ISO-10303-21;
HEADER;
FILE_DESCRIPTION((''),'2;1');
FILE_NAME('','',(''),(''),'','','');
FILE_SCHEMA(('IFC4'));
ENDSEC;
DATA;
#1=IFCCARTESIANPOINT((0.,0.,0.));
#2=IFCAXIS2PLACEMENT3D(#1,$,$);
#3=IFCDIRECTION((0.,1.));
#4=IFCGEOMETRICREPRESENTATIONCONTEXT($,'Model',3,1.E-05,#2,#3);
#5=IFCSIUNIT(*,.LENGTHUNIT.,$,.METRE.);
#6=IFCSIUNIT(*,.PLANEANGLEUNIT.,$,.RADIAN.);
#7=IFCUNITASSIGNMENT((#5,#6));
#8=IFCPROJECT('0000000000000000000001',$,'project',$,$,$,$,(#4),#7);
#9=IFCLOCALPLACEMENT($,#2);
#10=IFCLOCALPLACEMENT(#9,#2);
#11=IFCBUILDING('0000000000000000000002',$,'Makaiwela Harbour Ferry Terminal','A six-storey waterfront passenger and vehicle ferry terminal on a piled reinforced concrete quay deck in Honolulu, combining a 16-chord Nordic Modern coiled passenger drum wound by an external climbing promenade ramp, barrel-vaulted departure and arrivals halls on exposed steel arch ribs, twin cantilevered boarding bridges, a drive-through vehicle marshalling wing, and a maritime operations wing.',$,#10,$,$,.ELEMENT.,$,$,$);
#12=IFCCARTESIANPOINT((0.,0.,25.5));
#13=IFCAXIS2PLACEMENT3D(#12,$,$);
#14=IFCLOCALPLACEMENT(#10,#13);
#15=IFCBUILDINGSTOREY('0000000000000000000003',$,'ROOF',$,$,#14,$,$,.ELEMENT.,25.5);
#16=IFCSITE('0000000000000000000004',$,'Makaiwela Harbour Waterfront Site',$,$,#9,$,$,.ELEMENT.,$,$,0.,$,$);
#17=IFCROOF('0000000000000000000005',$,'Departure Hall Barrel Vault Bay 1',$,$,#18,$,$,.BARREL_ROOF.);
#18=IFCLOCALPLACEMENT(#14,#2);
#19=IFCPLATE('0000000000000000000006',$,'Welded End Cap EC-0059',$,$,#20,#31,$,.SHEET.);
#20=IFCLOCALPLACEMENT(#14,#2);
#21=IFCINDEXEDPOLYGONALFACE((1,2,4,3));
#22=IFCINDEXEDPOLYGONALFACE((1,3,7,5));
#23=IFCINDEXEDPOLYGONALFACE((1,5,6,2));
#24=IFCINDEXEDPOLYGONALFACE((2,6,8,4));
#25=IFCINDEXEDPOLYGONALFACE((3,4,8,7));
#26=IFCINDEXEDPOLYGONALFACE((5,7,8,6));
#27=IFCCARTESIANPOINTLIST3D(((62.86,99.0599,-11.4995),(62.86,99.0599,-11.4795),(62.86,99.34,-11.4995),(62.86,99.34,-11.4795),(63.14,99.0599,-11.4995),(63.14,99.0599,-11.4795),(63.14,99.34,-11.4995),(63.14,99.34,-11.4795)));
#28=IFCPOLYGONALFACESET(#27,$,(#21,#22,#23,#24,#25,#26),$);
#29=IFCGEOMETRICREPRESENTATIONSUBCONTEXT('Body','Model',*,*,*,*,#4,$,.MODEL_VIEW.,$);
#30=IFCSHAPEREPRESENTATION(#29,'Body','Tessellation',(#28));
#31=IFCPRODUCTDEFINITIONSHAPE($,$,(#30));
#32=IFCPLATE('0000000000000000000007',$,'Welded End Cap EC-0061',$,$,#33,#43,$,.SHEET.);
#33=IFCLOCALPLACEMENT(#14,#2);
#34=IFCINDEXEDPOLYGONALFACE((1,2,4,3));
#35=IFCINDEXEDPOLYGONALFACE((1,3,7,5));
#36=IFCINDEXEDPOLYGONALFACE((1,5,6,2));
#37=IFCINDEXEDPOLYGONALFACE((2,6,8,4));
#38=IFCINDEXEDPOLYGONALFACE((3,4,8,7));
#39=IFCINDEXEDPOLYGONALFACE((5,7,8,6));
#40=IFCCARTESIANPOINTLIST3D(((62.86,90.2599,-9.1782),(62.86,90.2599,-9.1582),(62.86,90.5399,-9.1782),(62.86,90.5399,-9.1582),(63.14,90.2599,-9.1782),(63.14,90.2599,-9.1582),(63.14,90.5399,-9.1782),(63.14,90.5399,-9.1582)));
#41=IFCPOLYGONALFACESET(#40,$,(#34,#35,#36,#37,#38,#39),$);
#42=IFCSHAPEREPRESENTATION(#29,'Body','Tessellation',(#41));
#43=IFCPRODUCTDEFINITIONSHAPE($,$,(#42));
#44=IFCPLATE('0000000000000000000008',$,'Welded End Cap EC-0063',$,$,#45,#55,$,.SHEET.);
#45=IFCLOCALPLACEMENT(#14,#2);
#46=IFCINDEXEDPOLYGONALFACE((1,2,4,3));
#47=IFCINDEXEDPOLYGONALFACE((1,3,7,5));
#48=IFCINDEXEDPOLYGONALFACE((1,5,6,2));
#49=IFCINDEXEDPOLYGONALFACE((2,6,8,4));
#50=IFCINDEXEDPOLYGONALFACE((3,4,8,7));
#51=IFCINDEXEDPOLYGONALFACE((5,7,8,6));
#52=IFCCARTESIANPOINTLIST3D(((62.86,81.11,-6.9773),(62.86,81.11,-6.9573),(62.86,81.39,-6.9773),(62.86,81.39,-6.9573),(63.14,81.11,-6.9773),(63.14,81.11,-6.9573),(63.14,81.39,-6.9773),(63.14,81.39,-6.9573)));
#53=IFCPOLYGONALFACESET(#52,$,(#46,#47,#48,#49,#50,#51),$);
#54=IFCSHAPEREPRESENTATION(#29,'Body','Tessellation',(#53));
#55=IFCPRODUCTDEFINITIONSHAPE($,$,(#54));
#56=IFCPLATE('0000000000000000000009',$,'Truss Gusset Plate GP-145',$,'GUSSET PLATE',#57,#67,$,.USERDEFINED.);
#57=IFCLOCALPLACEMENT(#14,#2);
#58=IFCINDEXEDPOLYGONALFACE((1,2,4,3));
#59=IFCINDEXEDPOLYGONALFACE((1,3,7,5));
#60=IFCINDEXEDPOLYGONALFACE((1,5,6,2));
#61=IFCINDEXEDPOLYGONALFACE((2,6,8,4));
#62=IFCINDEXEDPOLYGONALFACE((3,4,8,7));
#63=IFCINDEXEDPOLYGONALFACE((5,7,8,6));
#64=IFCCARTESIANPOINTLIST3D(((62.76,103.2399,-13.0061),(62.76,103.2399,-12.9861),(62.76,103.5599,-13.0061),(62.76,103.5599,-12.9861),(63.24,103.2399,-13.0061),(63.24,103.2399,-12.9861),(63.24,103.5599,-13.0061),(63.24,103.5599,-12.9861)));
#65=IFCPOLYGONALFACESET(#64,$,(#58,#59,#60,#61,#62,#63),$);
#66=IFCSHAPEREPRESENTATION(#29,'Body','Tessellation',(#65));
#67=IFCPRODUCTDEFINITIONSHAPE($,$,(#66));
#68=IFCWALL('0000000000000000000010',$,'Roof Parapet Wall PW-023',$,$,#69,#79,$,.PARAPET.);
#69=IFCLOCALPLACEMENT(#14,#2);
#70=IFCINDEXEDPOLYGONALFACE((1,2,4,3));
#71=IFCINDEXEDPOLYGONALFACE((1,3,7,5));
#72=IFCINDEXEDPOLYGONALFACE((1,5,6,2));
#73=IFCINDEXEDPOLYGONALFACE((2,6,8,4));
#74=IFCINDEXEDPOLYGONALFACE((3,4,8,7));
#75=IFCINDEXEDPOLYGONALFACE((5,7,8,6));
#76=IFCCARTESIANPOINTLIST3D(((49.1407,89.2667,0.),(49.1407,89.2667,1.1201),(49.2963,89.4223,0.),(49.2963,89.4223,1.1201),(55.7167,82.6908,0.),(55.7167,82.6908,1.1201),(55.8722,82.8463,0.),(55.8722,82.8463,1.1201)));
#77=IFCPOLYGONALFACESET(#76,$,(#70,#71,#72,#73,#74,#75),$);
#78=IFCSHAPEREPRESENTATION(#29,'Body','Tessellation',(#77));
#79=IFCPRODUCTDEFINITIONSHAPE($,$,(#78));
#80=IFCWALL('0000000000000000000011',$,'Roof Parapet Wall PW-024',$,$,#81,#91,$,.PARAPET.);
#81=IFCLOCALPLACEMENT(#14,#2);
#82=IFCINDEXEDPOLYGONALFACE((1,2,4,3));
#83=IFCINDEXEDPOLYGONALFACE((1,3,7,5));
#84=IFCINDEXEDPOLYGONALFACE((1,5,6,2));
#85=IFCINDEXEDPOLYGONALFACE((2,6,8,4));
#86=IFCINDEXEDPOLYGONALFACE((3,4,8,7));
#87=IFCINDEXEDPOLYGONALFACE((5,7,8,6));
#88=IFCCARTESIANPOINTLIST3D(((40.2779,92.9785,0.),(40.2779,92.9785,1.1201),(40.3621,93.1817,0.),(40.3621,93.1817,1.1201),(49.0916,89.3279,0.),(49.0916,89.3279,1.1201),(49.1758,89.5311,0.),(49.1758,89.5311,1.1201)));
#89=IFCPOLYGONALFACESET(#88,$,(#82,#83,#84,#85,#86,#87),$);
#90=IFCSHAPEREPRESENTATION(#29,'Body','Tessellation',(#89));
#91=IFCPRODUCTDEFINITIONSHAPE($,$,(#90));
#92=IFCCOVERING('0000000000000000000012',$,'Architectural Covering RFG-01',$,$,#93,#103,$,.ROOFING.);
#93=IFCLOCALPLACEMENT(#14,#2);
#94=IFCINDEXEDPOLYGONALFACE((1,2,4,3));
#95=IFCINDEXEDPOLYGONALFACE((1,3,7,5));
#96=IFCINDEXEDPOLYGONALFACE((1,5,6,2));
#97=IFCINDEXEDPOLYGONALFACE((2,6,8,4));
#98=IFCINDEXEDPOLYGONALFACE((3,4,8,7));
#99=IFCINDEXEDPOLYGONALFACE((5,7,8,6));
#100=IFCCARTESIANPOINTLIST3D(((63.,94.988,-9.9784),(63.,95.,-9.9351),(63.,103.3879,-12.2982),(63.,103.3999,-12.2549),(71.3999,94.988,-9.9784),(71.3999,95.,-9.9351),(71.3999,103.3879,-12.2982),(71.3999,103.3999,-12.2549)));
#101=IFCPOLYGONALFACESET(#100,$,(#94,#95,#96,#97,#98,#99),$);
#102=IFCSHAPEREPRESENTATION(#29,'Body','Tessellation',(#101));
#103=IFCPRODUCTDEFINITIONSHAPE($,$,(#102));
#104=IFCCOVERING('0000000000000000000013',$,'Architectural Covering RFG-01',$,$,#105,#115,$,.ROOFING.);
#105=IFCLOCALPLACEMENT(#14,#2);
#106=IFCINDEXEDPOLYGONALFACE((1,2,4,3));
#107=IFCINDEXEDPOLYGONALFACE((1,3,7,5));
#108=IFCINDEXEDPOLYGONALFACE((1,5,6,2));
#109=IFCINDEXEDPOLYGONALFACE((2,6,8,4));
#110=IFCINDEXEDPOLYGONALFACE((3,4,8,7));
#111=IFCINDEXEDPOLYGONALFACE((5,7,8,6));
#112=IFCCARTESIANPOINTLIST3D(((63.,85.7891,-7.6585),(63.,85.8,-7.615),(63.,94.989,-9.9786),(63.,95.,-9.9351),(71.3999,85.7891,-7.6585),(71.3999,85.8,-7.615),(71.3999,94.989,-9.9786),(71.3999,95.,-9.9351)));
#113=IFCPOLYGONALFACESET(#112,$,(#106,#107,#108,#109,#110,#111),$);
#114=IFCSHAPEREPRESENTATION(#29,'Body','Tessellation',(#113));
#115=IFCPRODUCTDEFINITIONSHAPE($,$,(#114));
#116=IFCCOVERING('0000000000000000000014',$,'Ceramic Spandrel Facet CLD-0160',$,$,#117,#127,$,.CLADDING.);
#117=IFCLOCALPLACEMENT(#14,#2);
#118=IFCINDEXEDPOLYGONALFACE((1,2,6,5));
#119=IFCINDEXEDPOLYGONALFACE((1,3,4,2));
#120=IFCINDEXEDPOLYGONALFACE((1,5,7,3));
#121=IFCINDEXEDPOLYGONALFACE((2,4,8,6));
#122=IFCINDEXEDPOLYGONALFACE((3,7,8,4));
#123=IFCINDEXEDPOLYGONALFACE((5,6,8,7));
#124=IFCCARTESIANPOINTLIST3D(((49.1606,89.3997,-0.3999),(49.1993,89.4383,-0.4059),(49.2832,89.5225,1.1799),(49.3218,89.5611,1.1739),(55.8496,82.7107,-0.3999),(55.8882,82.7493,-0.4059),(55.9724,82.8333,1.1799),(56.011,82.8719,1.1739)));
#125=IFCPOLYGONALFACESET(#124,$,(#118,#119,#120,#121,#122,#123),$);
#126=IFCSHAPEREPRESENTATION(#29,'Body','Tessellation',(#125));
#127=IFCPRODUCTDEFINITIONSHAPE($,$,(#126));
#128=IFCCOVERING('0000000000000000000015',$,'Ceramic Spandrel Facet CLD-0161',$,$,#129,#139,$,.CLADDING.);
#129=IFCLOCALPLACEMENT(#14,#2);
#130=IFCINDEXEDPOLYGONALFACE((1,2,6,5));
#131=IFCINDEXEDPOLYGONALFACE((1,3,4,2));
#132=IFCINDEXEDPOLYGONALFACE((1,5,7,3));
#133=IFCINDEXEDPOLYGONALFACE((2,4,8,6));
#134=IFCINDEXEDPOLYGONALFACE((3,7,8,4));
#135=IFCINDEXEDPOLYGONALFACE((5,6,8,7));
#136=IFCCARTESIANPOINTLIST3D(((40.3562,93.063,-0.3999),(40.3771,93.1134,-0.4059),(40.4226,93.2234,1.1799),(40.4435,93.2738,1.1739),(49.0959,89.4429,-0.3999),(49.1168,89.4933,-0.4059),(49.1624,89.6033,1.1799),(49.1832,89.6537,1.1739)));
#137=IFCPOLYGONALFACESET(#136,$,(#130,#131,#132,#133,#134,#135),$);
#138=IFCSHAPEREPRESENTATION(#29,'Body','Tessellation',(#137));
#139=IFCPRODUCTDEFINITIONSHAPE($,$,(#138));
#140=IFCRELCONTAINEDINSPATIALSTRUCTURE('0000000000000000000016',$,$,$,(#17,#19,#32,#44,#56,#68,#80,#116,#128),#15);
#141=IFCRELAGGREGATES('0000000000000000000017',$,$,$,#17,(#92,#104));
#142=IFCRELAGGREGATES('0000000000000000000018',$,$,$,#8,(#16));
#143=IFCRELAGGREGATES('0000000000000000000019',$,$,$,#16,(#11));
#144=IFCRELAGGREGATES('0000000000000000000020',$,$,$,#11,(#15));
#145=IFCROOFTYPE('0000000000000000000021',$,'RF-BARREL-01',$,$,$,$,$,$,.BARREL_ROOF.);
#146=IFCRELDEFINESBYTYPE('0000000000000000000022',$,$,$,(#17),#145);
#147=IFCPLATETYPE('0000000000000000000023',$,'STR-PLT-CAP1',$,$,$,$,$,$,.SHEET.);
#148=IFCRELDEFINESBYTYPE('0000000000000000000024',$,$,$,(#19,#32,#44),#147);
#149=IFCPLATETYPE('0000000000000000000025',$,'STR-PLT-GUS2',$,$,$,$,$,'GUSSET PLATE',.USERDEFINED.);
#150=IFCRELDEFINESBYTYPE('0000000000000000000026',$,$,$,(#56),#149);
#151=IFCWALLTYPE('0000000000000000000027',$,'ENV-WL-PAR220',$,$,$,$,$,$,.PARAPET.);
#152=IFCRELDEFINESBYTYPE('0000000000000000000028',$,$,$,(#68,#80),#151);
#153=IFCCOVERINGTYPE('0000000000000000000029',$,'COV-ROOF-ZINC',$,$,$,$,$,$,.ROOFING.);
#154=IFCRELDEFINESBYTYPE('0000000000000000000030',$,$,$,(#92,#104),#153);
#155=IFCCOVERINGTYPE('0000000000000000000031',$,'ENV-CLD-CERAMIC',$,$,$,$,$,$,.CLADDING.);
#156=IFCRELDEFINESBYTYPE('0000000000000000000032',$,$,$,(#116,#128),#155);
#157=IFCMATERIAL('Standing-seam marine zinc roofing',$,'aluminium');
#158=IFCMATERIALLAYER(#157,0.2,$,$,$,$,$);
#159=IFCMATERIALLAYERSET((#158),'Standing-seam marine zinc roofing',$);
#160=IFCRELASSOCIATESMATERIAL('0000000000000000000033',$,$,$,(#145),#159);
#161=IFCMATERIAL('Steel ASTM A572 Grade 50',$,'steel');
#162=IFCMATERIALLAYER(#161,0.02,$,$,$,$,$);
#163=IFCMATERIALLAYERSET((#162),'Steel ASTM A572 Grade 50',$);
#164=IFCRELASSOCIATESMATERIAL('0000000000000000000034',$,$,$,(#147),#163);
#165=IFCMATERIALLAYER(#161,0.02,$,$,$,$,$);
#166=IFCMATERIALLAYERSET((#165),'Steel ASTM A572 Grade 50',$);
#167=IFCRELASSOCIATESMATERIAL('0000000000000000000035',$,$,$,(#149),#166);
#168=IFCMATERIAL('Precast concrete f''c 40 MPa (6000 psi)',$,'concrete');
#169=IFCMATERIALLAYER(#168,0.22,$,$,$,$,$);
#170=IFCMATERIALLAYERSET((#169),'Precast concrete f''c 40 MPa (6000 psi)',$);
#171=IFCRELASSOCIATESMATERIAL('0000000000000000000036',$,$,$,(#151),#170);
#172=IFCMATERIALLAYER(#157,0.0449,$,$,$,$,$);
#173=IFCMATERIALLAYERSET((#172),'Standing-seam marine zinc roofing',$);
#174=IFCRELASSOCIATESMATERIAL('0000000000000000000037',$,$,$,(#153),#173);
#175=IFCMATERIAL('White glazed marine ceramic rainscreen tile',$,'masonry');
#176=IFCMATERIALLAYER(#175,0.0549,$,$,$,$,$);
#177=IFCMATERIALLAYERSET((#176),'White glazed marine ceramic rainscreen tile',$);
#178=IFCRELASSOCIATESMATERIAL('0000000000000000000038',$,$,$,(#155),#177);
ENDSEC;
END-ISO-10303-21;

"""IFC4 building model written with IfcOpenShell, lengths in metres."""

from ifc_helpers import new_model, si_unit, direction, frame, frame_2d, origin, origin_2d, place, context, subcontext, project, spatial, polyline, rectangle, outline, extrude, material, layer, layer_set, type_object, element, aggregate, save


model = new_model("IFC4")

# Units and contexts
model_context = context("Model", 3, precision=1e-05, world=origin(), true_north=direction((0.0, 1.0)))
body_context = subcontext(model_context, "Body", "Model", "MODEL_VIEW")
ifc_project = project(units=[si_unit("LENGTHUNIT", "METRE"), si_unit("PLANEANGLEUNIT", "RADIAN")], contexts=[model_context])

# Site, building, storey
site_placement = place(None, origin())
site = spatial("IfcSite", under=ifc_project, at=site_placement, Name="Makaiwela Harbour Waterfront Site", CompositionType="ELEMENT", RefElevation=0.0)
building_placement = place(site_placement, origin())
building = spatial("IfcBuilding", under=site, at=building_placement, Name="Makaiwela Harbour Ferry Terminal", Description="A six-storey waterfront passenger and vehicle ferry terminal on a piled reinforced concrete quay deck in Honolulu, combining a 16-chord Nordic Modern coiled passenger drum wound by an external climbing promenade ramp, barrel-vaulted departure and arrivals halls on exposed steel arch ribs, twin cantilevered boarding bridges, a drive-through vehicle marshalling wing, and a maritime operations wing.", CompositionType="ELEMENT")
storey_placement = place(building_placement, frame((0.0, 0.0, 25.5)))
storey = spatial("IfcBuildingStorey", under=building, at=storey_placement, Name="ROOF", CompositionType="ELEMENT", Elevation=25.5)

# Roof
ifc_material_1 = material(Name="Standing-seam marine zinc roofing", Category="aluminium")
ifc_layer_1 = layer(ifc_material_1, 0.2)
ifc_layer_set_1 = layer_set([ifc_layer_1], Name="Standing-seam marine zinc roofing")
roof_type = type_object("IfcRoofType", Name="RF-BARREL-01", PredefinedType="BARREL_ROOF", material=ifc_layer_set_1)
roof_placement = place(storey_placement, origin())
roof = element("IfcRoof", 1, at=roof_placement, inside=storey, type_object=roof_type, Name="Departure Hall Barrel Vault Bay 1", PredefinedType="BARREL_ROOF")

# Plates
ifc_material_2 = material(Name="Steel ASTM A572 Grade 50", Category="steel")
ifc_layer_2 = layer(ifc_material_2, 0.02)
ifc_layer_set_2 = layer_set([ifc_layer_2], Name="Steel ASTM A572 Grade 50")
plate_type_1 = type_object("IfcPlateType", Name="STR-PLT-CAP1", PredefinedType="SHEET", material=ifc_layer_set_2)
for number, where, z_axis, x_axis, name in (
    (2, (63.0, 99.2, -11.4995), (0.0, 0.0, 1.0), (0.0, 1.0, 0.0), "Welded End Cap EC-0059"),
    (3, (63.0, 90.3999, -9.1782), (0.0, 0.0, 1.0), (0.0, 1.0, 0.0), "Welded End Cap EC-0061"),
    (4, (63.0, 81.25, -6.9773), (0.0, 0.0, 1.0), (0.0, 1.0, 0.0), "Welded End Cap EC-0063"),
):
    element("IfcPlate", number, at=place(storey_placement, frame(where, z_axis=z_axis, x_axis=x_axis)), inside=storey, type_object=plate_type_1, Name=name, PredefinedType="SHEET", context=body_context, shape_type="SweptSolid", body=[
        extrude(rectangle(XDim=0.28, YDim=0.28, at=origin_2d()), origin(), (0.0, 0.0, 1.0), 0.02),
    ])
ifc_layer_3 = layer(ifc_material_2, 0.02)
ifc_layer_set_3 = layer_set([ifc_layer_3], Name="Steel ASTM A572 Grade 50")
plate_type_2 = type_object("IfcPlateType", Name="STR-PLT-GUS2", ElementType="GUSSET PLATE", PredefinedType="USERDEFINED", material=ifc_layer_set_3)
plate_placement = place(storey_placement, frame((63.0, 103.3999, -13.0061), z_axis=(0.0, 0.0, 1.0), x_axis=(1.0, 0.0, 0.0)))
element("IfcPlate", 5, at=plate_placement, inside=storey, type_object=plate_type_2, Name="Truss Gusset Plate GP-145", ObjectType="GUSSET PLATE", PredefinedType="USERDEFINED", context=body_context, shape_type="SweptSolid", body=[
    extrude(rectangle(XDim=0.48, YDim=0.3201, at=origin_2d()), origin(), (0.0, 0.0, 1.0), 0.02),
])

# Walls
ifc_material_3 = material(Name="Precast concrete f'c 40 MPa (6000 psi)", Category="concrete")
ifc_layer_4 = layer(ifc_material_3, 0.22)
ifc_layer_set_4 = layer_set([ifc_layer_4], Name="Precast concrete f'c 40 MPa (6000 psi)")
wall_type = type_object("IfcWallType", Name="ENV-WL-PAR220", PredefinedType="PARAPET", material=ifc_layer_set_4)
wall_1_placement = place(storey_placement, frame((55.7944, 82.7686, 0.0), z_axis=(0.0, 0.0, 1.0), x_axis=(-0.707107, 0.707107, 0.0)))
element("IfcWall", 6, at=wall_1_placement, inside=storey, type_object=wall_type, Name="Roof Parapet Wall PW-023", PredefinedType="PARAPET", context=body_context, shape_type="SweptSolid", body=[
    extrude(rectangle(XDim=9.2998, YDim=0.22, at=frame_2d((4.6499, 0.0))), origin(), (0.0, 0.0, 1.0), 1.1201),
])
wall_2_placement = place(storey_placement, frame((49.1338, 89.4294, 0.0), z_axis=(0.0, 0.0, 1.0), x_axis=(-0.923884, 0.382672, 0.0)))
element("IfcWall", 7, at=wall_2_placement, inside=storey, type_object=wall_type, Name="Roof Parapet Wall PW-024", PredefinedType="PARAPET", context=body_context, shape_type="SweptSolid", body=[
    extrude(rectangle(XDim=9.5398, YDim=0.22, at=frame_2d((4.77, 0.0))), origin(), (0.0, 0.0, 1.0), 1.1201),
])

# Coverings
ifc_layer_5 = layer(ifc_material_1, 0.0449)
ifc_layer_set_5 = layer_set([ifc_layer_5], Name="Standing-seam marine zinc roofing")
covering_type_1 = type_object("IfcCoveringType", Name="COV-ROOF-ZINC", PredefinedType="ROOFING", material=ifc_layer_set_5)
covering_1_placement = place(storey_placement, frame((63.0, 95.0, -9.9351), z_axis=(0.0, 0.266207, 0.963916), x_axis=(1.0, 0.0, 0.0)))
covering_1 = element("IfcCovering", 8, at=covering_1_placement, type_object=covering_type_1, Name="Architectural Covering RFG-01", PredefinedType="ROOFING", context=body_context, shape_type="SweptSolid", body=[
    extrude(outline(polyline([(0.0, 0.0), (8.3999, 0.0), (8.3999, 8.7144), (0.0, 8.7144), (0.0, 0.0)])), origin(), (0.0, 0.0, -1.0), 0.0449),
])
covering_2_placement = place(storey_placement, frame((63.0, 85.8, -7.615), z_axis=(0.0, 0.244527, 0.969642), x_axis=(1.0, 0.0, 0.0)))
covering_2 = element("IfcCovering", 9, at=covering_2_placement, type_object=covering_type_1, Name="Architectural Covering RFG-01", PredefinedType="ROOFING", context=body_context, shape_type="SweptSolid", body=[
    extrude(outline(polyline([(0.0, 0.0), (8.3999, 0.0), (8.3999, 9.488), (0.0, 9.488), (0.0, 0.0)])), origin(), (0.0, 0.0, -1.0), 0.0449),
])
aggregate(roof, [covering_1, covering_2])

# Coverings
ifc_material_4 = material(Name="White glazed marine ceramic rainscreen tile", Category="masonry")
ifc_layer_6 = layer(ifc_material_4, 0.0549)
ifc_layer_set_6 = layer_set([ifc_layer_6], Name="White glazed marine ceramic rainscreen tile")
covering_type_2 = type_object("IfcCoveringType", Name="ENV-CLD-CERAMIC", PredefinedType="CLADDING", material=ifc_layer_set_6)
covering_3_placement = place(storey_placement, frame((55.8496, 82.7107, -0.3999), z_axis=(-0.702881, -0.702881, 0.109163), x_axis=(-0.707107, 0.707107, 0.0)))
element("IfcCovering", 10, at=covering_3_placement, inside=storey, type_object=covering_type_2, Name="Ceramic Spandrel Facet CLD-0160", PredefinedType="CLADDING", context=body_context, shape_type="SweptSolid", body=[
    extrude(outline(polyline([(0.0, 0.0), (9.4596, 0.0), (9.4598, -1.5893), (-0.0002, -1.5893), (0.0, 0.0)])), origin(), (0.0, 0.0, -1.0), 0.0549),
])
covering_4_placement = place(storey_placement, frame((49.0959, 89.4429, -0.3999), z_axis=(-0.380393, -0.918352, 0.109229), x_axis=(-0.92388, 0.382683, 0.0)))
element("IfcCovering", 11, at=covering_4_placement, inside=storey, type_object=covering_type_2, Name="Ceramic Spandrel Facet CLD-0161", PredefinedType="CLADDING", context=body_context, shape_type="SweptSolid", body=[
    extrude(outline(polyline([(0.0, 0.0), (9.4598, 0.0), (9.4599, -1.5893), (0.0, -1.5893), (0.0, 0.0)])), origin(), (0.0, 0.0, -1.0), 0.0549),
])

save(model, "model.ifc")
